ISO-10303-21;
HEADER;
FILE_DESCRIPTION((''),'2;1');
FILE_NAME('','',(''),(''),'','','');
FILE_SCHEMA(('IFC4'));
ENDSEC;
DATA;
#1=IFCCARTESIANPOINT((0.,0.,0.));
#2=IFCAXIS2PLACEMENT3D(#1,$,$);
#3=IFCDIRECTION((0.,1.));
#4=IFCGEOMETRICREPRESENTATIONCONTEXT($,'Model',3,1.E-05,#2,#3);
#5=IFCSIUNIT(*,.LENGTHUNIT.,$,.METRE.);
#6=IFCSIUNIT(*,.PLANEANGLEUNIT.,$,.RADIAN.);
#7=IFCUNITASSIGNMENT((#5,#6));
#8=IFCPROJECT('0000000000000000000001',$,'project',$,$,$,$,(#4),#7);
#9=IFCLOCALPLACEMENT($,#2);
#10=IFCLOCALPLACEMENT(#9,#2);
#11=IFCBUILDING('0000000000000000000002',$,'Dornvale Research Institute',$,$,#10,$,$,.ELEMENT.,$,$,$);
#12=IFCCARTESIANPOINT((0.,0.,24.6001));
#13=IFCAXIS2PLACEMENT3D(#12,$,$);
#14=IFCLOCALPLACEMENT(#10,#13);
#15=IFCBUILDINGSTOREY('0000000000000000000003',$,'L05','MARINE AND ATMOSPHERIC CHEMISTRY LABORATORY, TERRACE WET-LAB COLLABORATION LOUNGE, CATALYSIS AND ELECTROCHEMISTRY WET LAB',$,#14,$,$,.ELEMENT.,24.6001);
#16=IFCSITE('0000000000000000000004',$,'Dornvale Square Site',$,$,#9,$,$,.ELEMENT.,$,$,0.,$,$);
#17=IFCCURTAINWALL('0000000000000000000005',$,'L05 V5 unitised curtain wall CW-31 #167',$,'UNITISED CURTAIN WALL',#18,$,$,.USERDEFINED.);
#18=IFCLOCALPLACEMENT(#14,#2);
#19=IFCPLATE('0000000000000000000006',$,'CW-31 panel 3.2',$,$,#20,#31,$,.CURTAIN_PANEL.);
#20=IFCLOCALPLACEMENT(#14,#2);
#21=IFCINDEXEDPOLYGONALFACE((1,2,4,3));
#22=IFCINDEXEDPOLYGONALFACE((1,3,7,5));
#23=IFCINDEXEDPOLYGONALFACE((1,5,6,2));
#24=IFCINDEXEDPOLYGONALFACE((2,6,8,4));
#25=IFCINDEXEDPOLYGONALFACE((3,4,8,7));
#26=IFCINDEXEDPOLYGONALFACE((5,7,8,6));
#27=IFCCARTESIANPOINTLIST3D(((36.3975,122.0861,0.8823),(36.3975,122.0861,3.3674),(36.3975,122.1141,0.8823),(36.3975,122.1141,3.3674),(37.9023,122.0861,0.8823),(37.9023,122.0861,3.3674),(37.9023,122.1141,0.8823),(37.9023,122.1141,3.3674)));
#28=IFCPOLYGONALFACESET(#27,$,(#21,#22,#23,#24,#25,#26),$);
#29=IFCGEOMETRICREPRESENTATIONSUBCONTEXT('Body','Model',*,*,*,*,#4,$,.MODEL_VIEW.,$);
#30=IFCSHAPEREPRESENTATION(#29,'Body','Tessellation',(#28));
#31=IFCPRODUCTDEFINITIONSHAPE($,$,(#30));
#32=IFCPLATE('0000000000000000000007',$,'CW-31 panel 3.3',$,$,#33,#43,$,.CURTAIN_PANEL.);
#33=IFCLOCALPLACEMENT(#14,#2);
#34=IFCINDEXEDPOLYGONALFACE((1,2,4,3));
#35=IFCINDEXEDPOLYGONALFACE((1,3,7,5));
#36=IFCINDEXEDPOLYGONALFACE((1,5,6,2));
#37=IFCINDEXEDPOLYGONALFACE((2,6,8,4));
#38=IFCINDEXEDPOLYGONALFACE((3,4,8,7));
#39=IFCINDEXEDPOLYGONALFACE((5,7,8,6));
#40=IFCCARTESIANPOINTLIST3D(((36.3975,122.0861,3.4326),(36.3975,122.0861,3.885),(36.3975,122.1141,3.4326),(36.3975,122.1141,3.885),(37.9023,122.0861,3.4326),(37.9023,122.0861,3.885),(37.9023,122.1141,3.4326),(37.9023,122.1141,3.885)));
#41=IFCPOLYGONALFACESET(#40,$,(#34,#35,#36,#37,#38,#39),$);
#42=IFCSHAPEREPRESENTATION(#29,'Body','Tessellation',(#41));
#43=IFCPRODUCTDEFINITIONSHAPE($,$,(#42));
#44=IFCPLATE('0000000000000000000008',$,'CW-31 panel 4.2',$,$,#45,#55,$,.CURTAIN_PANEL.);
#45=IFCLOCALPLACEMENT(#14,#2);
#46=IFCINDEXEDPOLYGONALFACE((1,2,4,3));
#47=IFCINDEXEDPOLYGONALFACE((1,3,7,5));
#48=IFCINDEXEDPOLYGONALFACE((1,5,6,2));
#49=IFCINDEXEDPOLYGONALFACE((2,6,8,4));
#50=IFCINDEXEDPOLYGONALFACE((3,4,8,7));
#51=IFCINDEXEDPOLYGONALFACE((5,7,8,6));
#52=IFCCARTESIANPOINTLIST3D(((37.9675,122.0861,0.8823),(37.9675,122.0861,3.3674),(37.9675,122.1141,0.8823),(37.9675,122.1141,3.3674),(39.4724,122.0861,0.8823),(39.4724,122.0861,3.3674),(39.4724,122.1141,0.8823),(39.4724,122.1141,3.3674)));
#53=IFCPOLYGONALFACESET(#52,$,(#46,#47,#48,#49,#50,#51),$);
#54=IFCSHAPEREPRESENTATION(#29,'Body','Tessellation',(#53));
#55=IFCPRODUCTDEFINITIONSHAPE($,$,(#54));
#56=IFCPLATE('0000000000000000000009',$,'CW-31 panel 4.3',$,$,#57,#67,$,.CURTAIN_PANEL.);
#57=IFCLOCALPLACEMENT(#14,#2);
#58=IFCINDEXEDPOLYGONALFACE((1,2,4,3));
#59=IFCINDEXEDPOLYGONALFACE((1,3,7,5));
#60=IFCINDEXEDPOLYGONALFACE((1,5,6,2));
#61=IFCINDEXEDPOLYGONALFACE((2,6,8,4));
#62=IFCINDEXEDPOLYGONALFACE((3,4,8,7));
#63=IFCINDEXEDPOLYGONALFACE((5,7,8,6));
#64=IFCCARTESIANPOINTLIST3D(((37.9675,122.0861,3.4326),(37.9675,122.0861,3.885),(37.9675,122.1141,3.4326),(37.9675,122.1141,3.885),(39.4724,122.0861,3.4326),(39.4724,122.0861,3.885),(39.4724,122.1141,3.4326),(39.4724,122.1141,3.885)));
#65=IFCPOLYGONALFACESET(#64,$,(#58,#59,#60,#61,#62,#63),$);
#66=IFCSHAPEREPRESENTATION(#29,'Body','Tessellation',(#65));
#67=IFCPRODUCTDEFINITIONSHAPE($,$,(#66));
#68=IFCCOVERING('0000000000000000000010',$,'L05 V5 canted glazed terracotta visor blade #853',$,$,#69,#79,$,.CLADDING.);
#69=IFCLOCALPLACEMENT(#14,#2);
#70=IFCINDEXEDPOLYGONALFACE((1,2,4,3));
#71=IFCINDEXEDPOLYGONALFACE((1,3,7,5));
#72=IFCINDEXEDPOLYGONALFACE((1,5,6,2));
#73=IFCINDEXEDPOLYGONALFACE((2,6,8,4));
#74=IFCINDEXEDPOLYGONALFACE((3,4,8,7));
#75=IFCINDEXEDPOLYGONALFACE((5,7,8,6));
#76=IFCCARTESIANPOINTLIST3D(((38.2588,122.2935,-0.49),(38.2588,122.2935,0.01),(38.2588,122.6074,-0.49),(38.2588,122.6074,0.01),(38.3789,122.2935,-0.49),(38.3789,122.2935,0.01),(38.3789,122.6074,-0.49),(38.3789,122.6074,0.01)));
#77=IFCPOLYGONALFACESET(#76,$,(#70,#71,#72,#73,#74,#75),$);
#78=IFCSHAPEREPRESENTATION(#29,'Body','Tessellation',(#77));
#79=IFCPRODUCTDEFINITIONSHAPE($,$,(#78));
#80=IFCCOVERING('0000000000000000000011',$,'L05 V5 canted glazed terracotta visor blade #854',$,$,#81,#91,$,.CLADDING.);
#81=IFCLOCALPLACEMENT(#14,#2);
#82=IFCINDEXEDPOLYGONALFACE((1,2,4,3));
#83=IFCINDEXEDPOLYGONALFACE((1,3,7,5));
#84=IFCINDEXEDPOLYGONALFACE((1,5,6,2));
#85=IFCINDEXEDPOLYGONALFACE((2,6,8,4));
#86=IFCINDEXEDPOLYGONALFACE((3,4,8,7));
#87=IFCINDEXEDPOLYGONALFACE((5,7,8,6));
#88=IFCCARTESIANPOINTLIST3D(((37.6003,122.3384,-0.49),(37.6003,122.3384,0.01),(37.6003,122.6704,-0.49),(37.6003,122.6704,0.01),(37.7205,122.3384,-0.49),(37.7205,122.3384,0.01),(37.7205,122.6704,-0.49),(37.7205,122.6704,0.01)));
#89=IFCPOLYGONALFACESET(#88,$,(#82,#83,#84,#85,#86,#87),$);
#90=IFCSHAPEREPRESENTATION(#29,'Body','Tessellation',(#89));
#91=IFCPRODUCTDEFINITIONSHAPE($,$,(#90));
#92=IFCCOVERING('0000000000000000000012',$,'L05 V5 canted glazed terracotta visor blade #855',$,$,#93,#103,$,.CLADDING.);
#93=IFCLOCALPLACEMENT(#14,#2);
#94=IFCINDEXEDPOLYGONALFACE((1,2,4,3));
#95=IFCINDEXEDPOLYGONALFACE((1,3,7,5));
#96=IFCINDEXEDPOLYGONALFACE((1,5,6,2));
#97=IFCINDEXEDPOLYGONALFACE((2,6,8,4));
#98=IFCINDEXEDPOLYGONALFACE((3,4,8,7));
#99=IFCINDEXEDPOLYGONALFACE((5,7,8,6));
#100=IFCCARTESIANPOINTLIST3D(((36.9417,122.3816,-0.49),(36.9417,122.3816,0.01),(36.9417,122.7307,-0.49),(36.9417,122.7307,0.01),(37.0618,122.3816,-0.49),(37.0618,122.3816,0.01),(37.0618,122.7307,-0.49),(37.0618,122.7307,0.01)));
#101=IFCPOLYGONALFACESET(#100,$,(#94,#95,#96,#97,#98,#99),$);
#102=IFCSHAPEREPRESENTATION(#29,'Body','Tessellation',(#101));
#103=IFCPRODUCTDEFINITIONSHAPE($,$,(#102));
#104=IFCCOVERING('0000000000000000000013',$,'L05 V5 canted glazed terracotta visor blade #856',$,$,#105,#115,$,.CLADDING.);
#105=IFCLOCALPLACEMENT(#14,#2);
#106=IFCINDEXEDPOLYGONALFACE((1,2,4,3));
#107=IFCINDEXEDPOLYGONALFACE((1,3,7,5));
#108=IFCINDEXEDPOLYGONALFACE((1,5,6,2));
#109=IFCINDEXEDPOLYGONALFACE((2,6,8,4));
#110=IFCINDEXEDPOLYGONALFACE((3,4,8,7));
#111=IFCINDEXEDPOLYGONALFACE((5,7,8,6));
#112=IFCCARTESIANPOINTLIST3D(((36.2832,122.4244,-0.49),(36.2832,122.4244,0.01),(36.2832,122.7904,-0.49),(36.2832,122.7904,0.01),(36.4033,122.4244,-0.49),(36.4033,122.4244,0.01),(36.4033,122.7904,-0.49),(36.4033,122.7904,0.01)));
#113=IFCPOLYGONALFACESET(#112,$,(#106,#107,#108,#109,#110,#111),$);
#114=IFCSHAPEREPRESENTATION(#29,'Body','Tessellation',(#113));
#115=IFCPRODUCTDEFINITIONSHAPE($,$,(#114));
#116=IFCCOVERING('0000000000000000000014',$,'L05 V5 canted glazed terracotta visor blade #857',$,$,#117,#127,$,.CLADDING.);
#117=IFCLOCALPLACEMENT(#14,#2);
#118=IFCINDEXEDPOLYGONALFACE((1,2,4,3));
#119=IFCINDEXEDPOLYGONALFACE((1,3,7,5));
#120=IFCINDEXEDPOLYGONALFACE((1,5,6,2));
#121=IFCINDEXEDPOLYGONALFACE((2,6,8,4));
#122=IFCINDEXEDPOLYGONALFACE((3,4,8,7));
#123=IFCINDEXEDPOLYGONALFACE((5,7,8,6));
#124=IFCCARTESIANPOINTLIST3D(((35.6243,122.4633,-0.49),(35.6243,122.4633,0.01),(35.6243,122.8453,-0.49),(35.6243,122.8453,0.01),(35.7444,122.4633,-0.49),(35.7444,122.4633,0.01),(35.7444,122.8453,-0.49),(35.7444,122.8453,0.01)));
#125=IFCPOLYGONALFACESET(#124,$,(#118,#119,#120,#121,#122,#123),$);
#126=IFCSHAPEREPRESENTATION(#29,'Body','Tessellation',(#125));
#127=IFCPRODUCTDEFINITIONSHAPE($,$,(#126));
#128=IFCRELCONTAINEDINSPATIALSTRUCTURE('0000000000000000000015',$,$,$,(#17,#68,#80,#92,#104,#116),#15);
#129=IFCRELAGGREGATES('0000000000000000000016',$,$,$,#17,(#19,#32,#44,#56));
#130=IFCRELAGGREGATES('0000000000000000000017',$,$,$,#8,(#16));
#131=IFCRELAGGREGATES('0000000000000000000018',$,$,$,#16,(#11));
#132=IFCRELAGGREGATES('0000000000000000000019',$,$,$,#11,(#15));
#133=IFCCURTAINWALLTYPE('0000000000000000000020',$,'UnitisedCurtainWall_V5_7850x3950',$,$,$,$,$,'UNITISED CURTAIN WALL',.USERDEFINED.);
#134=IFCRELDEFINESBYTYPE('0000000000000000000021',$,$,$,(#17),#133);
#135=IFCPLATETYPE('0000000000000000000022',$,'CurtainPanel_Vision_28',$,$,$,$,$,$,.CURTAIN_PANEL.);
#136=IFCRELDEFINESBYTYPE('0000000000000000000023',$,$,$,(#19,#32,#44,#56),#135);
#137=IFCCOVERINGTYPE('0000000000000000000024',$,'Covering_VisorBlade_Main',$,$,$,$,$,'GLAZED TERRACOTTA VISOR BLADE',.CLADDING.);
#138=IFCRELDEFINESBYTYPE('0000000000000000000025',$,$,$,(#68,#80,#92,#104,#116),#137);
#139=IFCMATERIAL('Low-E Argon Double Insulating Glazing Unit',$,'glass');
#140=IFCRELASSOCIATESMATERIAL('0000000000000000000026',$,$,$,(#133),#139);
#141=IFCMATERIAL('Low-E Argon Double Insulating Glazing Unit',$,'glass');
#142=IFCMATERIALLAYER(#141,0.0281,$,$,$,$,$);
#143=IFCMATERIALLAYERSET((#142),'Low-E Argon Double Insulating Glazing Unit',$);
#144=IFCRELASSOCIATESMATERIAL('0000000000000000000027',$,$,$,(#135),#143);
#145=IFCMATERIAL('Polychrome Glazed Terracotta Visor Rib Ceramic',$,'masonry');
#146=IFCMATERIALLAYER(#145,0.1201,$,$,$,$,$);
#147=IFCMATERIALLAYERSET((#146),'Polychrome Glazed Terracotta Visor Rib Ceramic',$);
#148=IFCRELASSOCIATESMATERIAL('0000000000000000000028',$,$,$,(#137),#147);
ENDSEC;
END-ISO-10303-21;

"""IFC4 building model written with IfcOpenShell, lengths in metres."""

from ifc_helpers import new_model, si_unit, direction, frame, origin, origin_2d, place, context, subcontext, project, spatial, rectangle, extrude, material, layer, layer_set, type_object, element, aggregate, save


model = new_model("IFC4")

# Units and contexts
model_context = context("Model", 3, precision=1e-05, world=origin(), true_north=direction((0.0, 1.0)))
body_context = subcontext(model_context, "Body", "Model", "MODEL_VIEW")
ifc_project = project(units=[si_unit("LENGTHUNIT", "METRE"), si_unit("PLANEANGLEUNIT", "RADIAN")], contexts=[model_context])

# Site, building, storey
site_placement = place(None, origin())
site = spatial("IfcSite", under=ifc_project, at=site_placement, Name="Dornvale Square Site", CompositionType="ELEMENT", RefElevation=0.0)
building_placement = place(site_placement, origin())
building = spatial("IfcBuilding", under=site, at=building_placement, Name="Dornvale Research Institute", CompositionType="ELEMENT")
storey_placement = place(building_placement, frame((0.0, 0.0, 24.6001)))
storey = spatial("IfcBuildingStorey", under=building, at=storey_placement, Name="L05", Description="MARINE AND ATMOSPHERIC CHEMISTRY LABORATORY, TERRACE WET-LAB COLLABORATION LOUNGE, CATALYSIS AND ELECTROCHEMISTRY WET LAB", CompositionType="ELEMENT", Elevation=24.6001)

# Curtain wall, plates
ifc_material_1 = material(Name="Low-E Argon Double Insulating Glazing Unit", Category="glass")
curtain_wall_type = type_object("IfcCurtainWallType", Name="UnitisedCurtainWall_V5_7850x3950", ElementType="UNITISED CURTAIN WALL", PredefinedType="USERDEFINED", material=ifc_material_1)
curtain_wall_placement = place(storey_placement, origin())
curtain_wall = element("IfcCurtainWall", 1, at=curtain_wall_placement, inside=storey, type_object=curtain_wall_type, Name="L05 V5 unitised curtain wall CW-31 #167", ObjectType="UNITISED CURTAIN WALL", PredefinedType="USERDEFINED")
ifc_material_2 = material(Name="Low-E Argon Double Insulating Glazing Unit", Category="glass")
ifc_layer_1 = layer(ifc_material_2, 0.0281)
ifc_layer_set_1 = layer_set([ifc_layer_1], Name="Low-E Argon Double Insulating Glazing Unit")
plate_type_1 = type_object("IfcPlateType", Name="CurtainPanel_Vision_28", PredefinedType="CURTAIN_PANEL", material=ifc_layer_set_1)
plate_1_placement = place(storey_placement, frame((37.1499, 122.1001, 0.8823), z_axis=(0.0, 0.0, 1.0), x_axis=(1.0, 0.0, 0.0)))
plate_1 = element("IfcPlate", 2, at=plate_1_placement, type_object=plate_type_1, Name="CW-31 panel 3.2", PredefinedType="CURTAIN_PANEL", context=body_context, shape_type="SweptSolid", body=[
    extrude(rectangle(XDim=1.5049, YDim=0.0281, at=origin_2d()), origin(), (0.0, 0.0, 1.0), 2.4851),
])
plate_2_placement = place(storey_placement, frame((37.1499, 122.1001, 3.4326), z_axis=(0.0, 0.0, 1.0), x_axis=(1.0, 0.0, 0.0)))
plate_2 = element("IfcPlate", 3, at=plate_2_placement, type_object=plate_type_1, Name="CW-31 panel 3.3", PredefinedType="CURTAIN_PANEL", context=body_context, shape_type="SweptSolid", body=[
    extrude(rectangle(XDim=1.5049, YDim=0.0281, at=origin_2d()), origin(), (0.0, 0.0, 1.0), 0.4524),
])
plate_3_placement = place(storey_placement, frame((38.72, 122.1001, 0.8823), z_axis=(0.0, 0.0, 1.0), x_axis=(1.0, 0.0, 0.0)))
plate_3 = element("IfcPlate", 4, at=plate_3_placement, type_object=plate_type_1, Name="CW-31 panel 4.2", PredefinedType="CURTAIN_PANEL", context=body_context, shape_type="SweptSolid", body=[
    extrude(rectangle(XDim=1.5049, YDim=0.0281, at=origin_2d()), origin(), (0.0, 0.0, 1.0), 2.4851),
])
plate_4_placement = place(storey_placement, frame((38.72, 122.1001, 3.4326), z_axis=(0.0, 0.0, 1.0), x_axis=(1.0, 0.0, 0.0)))
plate_4 = element("IfcPlate", 5, at=plate_4_placement, type_object=plate_type_1, Name="CW-31 panel 4.3", PredefinedType="CURTAIN_PANEL", context=body_context, shape_type="SweptSolid", body=[
    extrude(rectangle(XDim=1.5049, YDim=0.0281, at=origin_2d()), origin(), (0.0, 0.0, 1.0), 0.4524),
])
aggregate(curtain_wall, [plate_1, plate_2, plate_3, plate_4])

# Coverings
ifc_material_3 = material(Name="Polychrome Glazed Terracotta Visor Rib Ceramic", Category="masonry")
ifc_layer_2 = layer(ifc_material_3, 0.1201)
ifc_layer_set_2 = layer_set([ifc_layer_2], Name="Polychrome Glazed Terracotta Visor Rib Ceramic")
covering_type = type_object("IfcCoveringType", Name="Covering_VisorBlade_Main", ElementType="GLAZED TERRACOTTA VISOR BLADE", PredefinedType="CLADDING", material=ifc_layer_set_2)
covering_1_placement = place(storey_placement, frame((38.3188, 122.4504, -0.49), z_axis=(0.0, 0.0, 1.0), x_axis=(0.0, 1.0, 0.0)))
element("IfcCovering", 6, at=covering_1_placement, inside=storey, type_object=covering_type, Name="L05 V5 canted glazed terracotta visor blade #853", PredefinedType="CLADDING", context=body_context, shape_type="SweptSolid", body=[
    extrude(rectangle(XDim=0.314, YDim=0.1201, at=origin_2d()), origin(), (0.0, 0.0, 1.0), 0.5),
])
covering_2_placement = place(storey_placement, frame((37.6604, 122.5044, -0.49), z_axis=(0.0, 0.0, 1.0), x_axis=(0.0, 1.0, 0.0)))
element("IfcCovering", 7, at=covering_2_placement, inside=storey, type_object=covering_type, Name="L05 V5 canted glazed terracotta visor blade #854", PredefinedType="CLADDING", context=body_context, shape_type="SweptSolid", body=[
    extrude(rectangle(XDim=0.332, YDim=0.1201, at=origin_2d()), origin(), (0.0, 0.0, 1.0), 0.5),
])
covering_3_placement = place(storey_placement, frame((37.0017, 122.5562, -0.49), z_axis=(0.0, 0.0, 1.0), x_axis=(0.0, 1.0, 0.0)))
element("IfcCovering", 8, at=covering_3_placement, inside=storey, type_object=covering_type, Name="L05 V5 canted glazed terracotta visor blade #855", PredefinedType="CLADDING", context=body_context, shape_type="SweptSolid", body=[
    extrude(rectangle(XDim=0.3491, YDim=0.1201, at=origin_2d()), origin(), (0.0, 0.0, 1.0), 0.5),
])
covering_4_placement = place(storey_placement, frame((36.3433, 122.6074, -0.49), z_axis=(0.0, 0.0, 1.0), x_axis=(0.0, 1.0, 0.0)))
element("IfcCovering", 9, at=covering_4_placement, inside=storey, type_object=covering_type, Name="L05 V5 canted glazed terracotta visor blade #856", PredefinedType="CLADDING", context=body_context, shape_type="SweptSolid", body=[
    extrude(rectangle(XDim=0.366, YDim=0.1201, at=origin_2d()), origin(), (0.0, 0.0, 1.0), 0.5),
])
covering_5_placement = place(storey_placement, frame((35.6843, 122.6543, -0.49), z_axis=(0.0, 0.0, 1.0), x_axis=(0.0, 1.0, 0.0)))
element("IfcCovering", 10, at=covering_5_placement, inside=storey, type_object=covering_type, Name="L05 V5 canted glazed terracotta visor blade #857", PredefinedType="CLADDING", context=body_context, shape_type="SweptSolid", body=[
    extrude(rectangle(XDim=0.3821, YDim=0.1201, at=origin_2d()), origin(), (0.0, 0.0, 1.0), 0.5),
])

save(model, "model.ifc")
